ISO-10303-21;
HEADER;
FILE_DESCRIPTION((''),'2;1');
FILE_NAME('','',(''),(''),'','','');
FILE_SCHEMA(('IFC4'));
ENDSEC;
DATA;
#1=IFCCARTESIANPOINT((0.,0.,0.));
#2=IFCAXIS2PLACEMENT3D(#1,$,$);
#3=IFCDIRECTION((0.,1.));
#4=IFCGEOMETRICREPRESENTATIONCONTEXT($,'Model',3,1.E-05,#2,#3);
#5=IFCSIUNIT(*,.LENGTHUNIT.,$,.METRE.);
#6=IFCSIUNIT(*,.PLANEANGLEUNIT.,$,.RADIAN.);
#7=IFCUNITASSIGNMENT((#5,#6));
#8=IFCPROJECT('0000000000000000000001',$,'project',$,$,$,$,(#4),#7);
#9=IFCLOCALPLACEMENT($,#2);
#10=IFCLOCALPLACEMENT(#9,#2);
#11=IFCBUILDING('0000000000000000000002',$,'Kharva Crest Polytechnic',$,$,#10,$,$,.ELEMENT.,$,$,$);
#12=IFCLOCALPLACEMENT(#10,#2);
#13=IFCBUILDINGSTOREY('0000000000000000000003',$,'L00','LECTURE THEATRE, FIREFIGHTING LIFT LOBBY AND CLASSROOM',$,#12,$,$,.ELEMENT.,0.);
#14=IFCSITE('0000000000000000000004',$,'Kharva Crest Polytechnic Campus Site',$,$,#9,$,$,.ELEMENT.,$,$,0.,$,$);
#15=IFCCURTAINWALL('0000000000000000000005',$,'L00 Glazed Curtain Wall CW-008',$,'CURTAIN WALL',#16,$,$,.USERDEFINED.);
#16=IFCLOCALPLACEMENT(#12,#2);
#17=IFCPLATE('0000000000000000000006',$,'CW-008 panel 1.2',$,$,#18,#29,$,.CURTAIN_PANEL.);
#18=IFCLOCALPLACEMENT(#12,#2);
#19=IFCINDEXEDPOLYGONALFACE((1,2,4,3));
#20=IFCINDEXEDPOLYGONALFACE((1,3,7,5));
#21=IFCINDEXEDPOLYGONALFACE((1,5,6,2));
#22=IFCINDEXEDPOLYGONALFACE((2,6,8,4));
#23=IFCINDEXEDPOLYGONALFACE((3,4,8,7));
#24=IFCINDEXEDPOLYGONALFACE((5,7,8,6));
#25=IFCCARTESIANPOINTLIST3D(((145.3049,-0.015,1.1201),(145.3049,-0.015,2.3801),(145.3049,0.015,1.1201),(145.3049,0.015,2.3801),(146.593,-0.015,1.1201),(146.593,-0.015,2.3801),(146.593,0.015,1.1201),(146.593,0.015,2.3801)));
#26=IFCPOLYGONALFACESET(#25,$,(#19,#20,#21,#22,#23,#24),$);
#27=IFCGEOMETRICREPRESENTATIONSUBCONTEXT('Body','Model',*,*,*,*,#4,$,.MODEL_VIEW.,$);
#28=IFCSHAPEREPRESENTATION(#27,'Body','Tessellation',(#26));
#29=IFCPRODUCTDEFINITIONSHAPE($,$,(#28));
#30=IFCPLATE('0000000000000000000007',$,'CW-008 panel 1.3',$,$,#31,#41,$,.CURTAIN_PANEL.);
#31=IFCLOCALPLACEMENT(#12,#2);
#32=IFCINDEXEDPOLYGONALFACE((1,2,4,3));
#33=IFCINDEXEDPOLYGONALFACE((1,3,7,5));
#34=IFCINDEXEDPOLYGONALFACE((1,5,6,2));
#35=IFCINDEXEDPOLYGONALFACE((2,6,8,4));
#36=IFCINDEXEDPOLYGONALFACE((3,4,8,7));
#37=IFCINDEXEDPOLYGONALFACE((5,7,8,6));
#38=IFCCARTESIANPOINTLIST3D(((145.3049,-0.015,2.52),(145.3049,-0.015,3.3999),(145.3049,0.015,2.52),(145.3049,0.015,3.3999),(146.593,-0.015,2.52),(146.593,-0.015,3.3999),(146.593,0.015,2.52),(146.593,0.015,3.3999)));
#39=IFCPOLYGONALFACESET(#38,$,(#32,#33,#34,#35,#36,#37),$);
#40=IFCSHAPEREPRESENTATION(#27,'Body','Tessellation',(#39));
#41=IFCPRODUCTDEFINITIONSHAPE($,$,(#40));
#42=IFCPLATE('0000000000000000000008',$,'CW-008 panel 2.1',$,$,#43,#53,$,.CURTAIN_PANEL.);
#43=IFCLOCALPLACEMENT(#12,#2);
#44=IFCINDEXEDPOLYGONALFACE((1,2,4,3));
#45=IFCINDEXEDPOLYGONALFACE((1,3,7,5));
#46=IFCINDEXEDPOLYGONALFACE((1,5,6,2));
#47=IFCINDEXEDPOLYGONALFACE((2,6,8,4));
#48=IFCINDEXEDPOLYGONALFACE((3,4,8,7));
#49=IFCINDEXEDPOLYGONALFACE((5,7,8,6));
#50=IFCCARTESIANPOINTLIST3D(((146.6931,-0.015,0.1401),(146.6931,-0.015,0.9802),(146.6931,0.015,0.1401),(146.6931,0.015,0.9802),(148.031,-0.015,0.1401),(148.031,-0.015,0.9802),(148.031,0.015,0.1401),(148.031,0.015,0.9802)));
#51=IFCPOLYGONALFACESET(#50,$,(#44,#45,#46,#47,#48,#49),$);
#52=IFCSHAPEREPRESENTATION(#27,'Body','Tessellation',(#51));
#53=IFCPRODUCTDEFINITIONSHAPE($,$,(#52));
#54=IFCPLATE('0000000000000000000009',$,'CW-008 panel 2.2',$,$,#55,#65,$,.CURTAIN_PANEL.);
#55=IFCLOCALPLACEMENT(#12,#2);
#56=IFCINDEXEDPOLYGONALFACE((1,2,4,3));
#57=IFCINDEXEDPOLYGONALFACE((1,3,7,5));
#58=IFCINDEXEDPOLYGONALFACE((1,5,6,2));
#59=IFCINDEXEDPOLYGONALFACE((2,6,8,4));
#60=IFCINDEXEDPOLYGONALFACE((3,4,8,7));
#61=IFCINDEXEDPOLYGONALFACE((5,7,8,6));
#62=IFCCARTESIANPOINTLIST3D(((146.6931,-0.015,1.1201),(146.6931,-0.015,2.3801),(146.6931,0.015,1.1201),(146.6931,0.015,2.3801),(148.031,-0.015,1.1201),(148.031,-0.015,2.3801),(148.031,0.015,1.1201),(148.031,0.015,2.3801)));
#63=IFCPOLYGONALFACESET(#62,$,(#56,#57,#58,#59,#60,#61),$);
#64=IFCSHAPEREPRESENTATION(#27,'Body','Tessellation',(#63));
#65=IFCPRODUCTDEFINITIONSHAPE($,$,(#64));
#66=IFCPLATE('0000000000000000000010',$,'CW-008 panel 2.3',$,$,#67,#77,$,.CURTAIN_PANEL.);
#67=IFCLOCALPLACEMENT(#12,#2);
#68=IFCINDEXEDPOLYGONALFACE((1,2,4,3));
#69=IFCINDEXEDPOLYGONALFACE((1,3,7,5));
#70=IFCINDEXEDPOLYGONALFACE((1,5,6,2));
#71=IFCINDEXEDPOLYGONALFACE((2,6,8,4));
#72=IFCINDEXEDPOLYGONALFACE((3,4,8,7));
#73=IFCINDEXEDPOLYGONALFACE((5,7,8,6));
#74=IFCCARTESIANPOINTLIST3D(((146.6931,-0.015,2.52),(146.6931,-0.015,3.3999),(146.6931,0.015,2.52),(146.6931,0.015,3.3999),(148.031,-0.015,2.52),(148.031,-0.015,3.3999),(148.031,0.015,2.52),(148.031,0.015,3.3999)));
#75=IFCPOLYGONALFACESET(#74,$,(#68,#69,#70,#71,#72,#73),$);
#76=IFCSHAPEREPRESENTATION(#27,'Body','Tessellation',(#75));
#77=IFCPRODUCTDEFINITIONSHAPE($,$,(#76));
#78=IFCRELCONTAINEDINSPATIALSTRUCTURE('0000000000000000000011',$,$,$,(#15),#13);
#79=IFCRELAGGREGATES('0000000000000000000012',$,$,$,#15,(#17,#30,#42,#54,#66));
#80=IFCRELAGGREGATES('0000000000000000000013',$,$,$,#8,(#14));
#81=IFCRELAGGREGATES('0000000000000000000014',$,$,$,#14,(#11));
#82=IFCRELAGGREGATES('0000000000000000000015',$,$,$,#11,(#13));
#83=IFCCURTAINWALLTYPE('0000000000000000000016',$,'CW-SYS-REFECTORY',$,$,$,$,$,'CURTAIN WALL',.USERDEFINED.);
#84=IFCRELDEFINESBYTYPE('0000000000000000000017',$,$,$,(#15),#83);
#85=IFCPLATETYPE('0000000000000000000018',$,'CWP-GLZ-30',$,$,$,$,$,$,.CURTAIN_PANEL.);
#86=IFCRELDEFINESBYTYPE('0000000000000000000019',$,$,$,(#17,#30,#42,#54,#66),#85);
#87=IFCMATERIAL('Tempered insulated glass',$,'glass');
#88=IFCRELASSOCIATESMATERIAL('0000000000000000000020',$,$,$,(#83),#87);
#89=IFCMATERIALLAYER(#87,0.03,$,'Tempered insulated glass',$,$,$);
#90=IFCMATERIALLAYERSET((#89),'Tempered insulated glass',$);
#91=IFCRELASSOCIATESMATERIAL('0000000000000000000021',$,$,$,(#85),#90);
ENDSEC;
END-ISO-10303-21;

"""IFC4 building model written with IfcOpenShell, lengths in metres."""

from ifc_helpers import new_model, si_unit, direction, frame, origin, origin_2d, place, context, subcontext, project, spatial, rectangle, extrude, material, layer, layer_set, type_object, element, aggregate, save


model = new_model("IFC4")

# Units and contexts
model_context = context("Model", 3, precision=1e-05, world=origin(), true_north=direction((0.0, 1.0)))
body_context = subcontext(model_context, "Body", "Model", "MODEL_VIEW")
ifc_project = project(units=[si_unit("LENGTHUNIT", "METRE"), si_unit("PLANEANGLEUNIT", "RADIAN")], contexts=[model_context])

# Site, building, storey
site_placement = place(None, origin())
site = spatial("IfcSite", under=ifc_project, at=site_placement, Name="Kharva Crest Polytechnic Campus Site", CompositionType="ELEMENT", RefElevation=0.0)
building_placement = place(site_placement, origin())
building = spatial("IfcBuilding", under=site, at=building_placement, Name="Kharva Crest Polytechnic", CompositionType="ELEMENT")
storey_placement = place(building_placement, origin())
storey = spatial("IfcBuildingStorey", under=building, at=storey_placement, Name="L00", Description="LECTURE THEATRE, FIREFIGHTING LIFT LOBBY AND CLASSROOM", CompositionType="ELEMENT", Elevation=0.0)

# Curtain wall, plates
ifc_material_1 = material(Name="Tempered insulated glass", Category="glass")
curtain_wall_type = type_object("IfcCurtainWallType", Name="CW-SYS-REFECTORY", ElementType="CURTAIN WALL", PredefinedType="USERDEFINED", material=ifc_material_1)
curtain_wall_placement = place(storey_placement, origin())
curtain_wall = element("IfcCurtainWall", 1, at=curtain_wall_placement, inside=storey, type_object=curtain_wall_type, Name="L00 Glazed Curtain Wall CW-008", ObjectType="CURTAIN WALL", PredefinedType="USERDEFINED")
ifc_layer = layer(ifc_material_1, 0.03, Name="Tempered insulated glass")
ifc_layer_set = layer_set([ifc_layer], Name="Tempered insulated glass")
plate_type = type_object("IfcPlateType", Name="CWP-GLZ-30", PredefinedType="CURTAIN_PANEL", material=ifc_layer_set)
plate_1_placement = place(storey_placement, frame((145.949, 0.0, 1.1201), z_axis=(0.0, 0.0, 1.0), x_axis=(1.0, 0.0, 0.0)))
plate_1 = element("IfcPlate", 2, at=plate_1_placement, type_object=plate_type, Name="CW-008 panel 1.2", PredefinedType="CURTAIN_PANEL", context=body_context, shape_type="SweptSolid", body=[
    extrude(rectangle(XDim=1.2881, YDim=0.03, at=origin_2d()), origin(), (0.0, 0.0, 1.0), 1.26),
])
plate_2_placement = place(storey_placement, frame((145.949, 0.0, 2.52), z_axis=(0.0, 0.0, 1.0), x_axis=(1.0, 0.0, 0.0)))
plate_2 = element("IfcPlate", 3, at=plate_2_placement, type_object=plate_type, Name="CW-008 panel 1.3", PredefinedType="CURTAIN_PANEL", context=body_context, shape_type="SweptSolid", body=[
    extrude(rectangle(XDim=1.2881, YDim=0.03, at=origin_2d()), origin(), (0.0, 0.0, 1.0), 0.8799),
])
plate_3_placement = place(storey_placement, frame((147.3621, 0.0, 0.1401), z_axis=(0.0, 0.0, 1.0), x_axis=(1.0, 0.0, 0.0)))
plate_3 = element("IfcPlate", 4, at=plate_3_placement, type_object=plate_type, Name="CW-008 panel 2.1", PredefinedType="CURTAIN_PANEL", context=body_context, shape_type="SweptSolid", body=[
    extrude(rectangle(XDim=1.3379, YDim=0.03, at=origin_2d()), origin(), (0.0, 0.0, 1.0), 0.8401),
])
plate_4_placement = place(storey_placement, frame((147.3621, 0.0, 1.1201), z_axis=(0.0, 0.0, 1.0), x_axis=(1.0, 0.0, 0.0)))
plate_4 = element("IfcPlate", 5, at=plate_4_placement, type_object=plate_type, Name="CW-008 panel 2.2", PredefinedType="CURTAIN_PANEL", context=body_context, shape_type="SweptSolid", body=[
    extrude(rectangle(XDim=1.3379, YDim=0.03, at=origin_2d()), origin(), (0.0, 0.0, 1.0), 1.26),
])
plate_5_placement = place(storey_placement, frame((147.3621, 0.0, 2.52), z_axis=(0.0, 0.0, 1.0), x_axis=(1.0, 0.0, 0.0)))
plate_5 = element("IfcPlate", 6, at=plate_5_placement, type_object=plate_type, Name="CW-008 panel 2.3", PredefinedType="CURTAIN_PANEL", context=body_context, shape_type="SweptSolid", body=[
    extrude(rectangle(XDim=1.3379, YDim=0.03, at=origin_2d()), origin(), (0.0, 0.0, 1.0), 0.8799),
])
aggregate(curtain_wall, [plate_1, plate_2, plate_3, plate_4, plate_5])

save(model, "model.ifc")
